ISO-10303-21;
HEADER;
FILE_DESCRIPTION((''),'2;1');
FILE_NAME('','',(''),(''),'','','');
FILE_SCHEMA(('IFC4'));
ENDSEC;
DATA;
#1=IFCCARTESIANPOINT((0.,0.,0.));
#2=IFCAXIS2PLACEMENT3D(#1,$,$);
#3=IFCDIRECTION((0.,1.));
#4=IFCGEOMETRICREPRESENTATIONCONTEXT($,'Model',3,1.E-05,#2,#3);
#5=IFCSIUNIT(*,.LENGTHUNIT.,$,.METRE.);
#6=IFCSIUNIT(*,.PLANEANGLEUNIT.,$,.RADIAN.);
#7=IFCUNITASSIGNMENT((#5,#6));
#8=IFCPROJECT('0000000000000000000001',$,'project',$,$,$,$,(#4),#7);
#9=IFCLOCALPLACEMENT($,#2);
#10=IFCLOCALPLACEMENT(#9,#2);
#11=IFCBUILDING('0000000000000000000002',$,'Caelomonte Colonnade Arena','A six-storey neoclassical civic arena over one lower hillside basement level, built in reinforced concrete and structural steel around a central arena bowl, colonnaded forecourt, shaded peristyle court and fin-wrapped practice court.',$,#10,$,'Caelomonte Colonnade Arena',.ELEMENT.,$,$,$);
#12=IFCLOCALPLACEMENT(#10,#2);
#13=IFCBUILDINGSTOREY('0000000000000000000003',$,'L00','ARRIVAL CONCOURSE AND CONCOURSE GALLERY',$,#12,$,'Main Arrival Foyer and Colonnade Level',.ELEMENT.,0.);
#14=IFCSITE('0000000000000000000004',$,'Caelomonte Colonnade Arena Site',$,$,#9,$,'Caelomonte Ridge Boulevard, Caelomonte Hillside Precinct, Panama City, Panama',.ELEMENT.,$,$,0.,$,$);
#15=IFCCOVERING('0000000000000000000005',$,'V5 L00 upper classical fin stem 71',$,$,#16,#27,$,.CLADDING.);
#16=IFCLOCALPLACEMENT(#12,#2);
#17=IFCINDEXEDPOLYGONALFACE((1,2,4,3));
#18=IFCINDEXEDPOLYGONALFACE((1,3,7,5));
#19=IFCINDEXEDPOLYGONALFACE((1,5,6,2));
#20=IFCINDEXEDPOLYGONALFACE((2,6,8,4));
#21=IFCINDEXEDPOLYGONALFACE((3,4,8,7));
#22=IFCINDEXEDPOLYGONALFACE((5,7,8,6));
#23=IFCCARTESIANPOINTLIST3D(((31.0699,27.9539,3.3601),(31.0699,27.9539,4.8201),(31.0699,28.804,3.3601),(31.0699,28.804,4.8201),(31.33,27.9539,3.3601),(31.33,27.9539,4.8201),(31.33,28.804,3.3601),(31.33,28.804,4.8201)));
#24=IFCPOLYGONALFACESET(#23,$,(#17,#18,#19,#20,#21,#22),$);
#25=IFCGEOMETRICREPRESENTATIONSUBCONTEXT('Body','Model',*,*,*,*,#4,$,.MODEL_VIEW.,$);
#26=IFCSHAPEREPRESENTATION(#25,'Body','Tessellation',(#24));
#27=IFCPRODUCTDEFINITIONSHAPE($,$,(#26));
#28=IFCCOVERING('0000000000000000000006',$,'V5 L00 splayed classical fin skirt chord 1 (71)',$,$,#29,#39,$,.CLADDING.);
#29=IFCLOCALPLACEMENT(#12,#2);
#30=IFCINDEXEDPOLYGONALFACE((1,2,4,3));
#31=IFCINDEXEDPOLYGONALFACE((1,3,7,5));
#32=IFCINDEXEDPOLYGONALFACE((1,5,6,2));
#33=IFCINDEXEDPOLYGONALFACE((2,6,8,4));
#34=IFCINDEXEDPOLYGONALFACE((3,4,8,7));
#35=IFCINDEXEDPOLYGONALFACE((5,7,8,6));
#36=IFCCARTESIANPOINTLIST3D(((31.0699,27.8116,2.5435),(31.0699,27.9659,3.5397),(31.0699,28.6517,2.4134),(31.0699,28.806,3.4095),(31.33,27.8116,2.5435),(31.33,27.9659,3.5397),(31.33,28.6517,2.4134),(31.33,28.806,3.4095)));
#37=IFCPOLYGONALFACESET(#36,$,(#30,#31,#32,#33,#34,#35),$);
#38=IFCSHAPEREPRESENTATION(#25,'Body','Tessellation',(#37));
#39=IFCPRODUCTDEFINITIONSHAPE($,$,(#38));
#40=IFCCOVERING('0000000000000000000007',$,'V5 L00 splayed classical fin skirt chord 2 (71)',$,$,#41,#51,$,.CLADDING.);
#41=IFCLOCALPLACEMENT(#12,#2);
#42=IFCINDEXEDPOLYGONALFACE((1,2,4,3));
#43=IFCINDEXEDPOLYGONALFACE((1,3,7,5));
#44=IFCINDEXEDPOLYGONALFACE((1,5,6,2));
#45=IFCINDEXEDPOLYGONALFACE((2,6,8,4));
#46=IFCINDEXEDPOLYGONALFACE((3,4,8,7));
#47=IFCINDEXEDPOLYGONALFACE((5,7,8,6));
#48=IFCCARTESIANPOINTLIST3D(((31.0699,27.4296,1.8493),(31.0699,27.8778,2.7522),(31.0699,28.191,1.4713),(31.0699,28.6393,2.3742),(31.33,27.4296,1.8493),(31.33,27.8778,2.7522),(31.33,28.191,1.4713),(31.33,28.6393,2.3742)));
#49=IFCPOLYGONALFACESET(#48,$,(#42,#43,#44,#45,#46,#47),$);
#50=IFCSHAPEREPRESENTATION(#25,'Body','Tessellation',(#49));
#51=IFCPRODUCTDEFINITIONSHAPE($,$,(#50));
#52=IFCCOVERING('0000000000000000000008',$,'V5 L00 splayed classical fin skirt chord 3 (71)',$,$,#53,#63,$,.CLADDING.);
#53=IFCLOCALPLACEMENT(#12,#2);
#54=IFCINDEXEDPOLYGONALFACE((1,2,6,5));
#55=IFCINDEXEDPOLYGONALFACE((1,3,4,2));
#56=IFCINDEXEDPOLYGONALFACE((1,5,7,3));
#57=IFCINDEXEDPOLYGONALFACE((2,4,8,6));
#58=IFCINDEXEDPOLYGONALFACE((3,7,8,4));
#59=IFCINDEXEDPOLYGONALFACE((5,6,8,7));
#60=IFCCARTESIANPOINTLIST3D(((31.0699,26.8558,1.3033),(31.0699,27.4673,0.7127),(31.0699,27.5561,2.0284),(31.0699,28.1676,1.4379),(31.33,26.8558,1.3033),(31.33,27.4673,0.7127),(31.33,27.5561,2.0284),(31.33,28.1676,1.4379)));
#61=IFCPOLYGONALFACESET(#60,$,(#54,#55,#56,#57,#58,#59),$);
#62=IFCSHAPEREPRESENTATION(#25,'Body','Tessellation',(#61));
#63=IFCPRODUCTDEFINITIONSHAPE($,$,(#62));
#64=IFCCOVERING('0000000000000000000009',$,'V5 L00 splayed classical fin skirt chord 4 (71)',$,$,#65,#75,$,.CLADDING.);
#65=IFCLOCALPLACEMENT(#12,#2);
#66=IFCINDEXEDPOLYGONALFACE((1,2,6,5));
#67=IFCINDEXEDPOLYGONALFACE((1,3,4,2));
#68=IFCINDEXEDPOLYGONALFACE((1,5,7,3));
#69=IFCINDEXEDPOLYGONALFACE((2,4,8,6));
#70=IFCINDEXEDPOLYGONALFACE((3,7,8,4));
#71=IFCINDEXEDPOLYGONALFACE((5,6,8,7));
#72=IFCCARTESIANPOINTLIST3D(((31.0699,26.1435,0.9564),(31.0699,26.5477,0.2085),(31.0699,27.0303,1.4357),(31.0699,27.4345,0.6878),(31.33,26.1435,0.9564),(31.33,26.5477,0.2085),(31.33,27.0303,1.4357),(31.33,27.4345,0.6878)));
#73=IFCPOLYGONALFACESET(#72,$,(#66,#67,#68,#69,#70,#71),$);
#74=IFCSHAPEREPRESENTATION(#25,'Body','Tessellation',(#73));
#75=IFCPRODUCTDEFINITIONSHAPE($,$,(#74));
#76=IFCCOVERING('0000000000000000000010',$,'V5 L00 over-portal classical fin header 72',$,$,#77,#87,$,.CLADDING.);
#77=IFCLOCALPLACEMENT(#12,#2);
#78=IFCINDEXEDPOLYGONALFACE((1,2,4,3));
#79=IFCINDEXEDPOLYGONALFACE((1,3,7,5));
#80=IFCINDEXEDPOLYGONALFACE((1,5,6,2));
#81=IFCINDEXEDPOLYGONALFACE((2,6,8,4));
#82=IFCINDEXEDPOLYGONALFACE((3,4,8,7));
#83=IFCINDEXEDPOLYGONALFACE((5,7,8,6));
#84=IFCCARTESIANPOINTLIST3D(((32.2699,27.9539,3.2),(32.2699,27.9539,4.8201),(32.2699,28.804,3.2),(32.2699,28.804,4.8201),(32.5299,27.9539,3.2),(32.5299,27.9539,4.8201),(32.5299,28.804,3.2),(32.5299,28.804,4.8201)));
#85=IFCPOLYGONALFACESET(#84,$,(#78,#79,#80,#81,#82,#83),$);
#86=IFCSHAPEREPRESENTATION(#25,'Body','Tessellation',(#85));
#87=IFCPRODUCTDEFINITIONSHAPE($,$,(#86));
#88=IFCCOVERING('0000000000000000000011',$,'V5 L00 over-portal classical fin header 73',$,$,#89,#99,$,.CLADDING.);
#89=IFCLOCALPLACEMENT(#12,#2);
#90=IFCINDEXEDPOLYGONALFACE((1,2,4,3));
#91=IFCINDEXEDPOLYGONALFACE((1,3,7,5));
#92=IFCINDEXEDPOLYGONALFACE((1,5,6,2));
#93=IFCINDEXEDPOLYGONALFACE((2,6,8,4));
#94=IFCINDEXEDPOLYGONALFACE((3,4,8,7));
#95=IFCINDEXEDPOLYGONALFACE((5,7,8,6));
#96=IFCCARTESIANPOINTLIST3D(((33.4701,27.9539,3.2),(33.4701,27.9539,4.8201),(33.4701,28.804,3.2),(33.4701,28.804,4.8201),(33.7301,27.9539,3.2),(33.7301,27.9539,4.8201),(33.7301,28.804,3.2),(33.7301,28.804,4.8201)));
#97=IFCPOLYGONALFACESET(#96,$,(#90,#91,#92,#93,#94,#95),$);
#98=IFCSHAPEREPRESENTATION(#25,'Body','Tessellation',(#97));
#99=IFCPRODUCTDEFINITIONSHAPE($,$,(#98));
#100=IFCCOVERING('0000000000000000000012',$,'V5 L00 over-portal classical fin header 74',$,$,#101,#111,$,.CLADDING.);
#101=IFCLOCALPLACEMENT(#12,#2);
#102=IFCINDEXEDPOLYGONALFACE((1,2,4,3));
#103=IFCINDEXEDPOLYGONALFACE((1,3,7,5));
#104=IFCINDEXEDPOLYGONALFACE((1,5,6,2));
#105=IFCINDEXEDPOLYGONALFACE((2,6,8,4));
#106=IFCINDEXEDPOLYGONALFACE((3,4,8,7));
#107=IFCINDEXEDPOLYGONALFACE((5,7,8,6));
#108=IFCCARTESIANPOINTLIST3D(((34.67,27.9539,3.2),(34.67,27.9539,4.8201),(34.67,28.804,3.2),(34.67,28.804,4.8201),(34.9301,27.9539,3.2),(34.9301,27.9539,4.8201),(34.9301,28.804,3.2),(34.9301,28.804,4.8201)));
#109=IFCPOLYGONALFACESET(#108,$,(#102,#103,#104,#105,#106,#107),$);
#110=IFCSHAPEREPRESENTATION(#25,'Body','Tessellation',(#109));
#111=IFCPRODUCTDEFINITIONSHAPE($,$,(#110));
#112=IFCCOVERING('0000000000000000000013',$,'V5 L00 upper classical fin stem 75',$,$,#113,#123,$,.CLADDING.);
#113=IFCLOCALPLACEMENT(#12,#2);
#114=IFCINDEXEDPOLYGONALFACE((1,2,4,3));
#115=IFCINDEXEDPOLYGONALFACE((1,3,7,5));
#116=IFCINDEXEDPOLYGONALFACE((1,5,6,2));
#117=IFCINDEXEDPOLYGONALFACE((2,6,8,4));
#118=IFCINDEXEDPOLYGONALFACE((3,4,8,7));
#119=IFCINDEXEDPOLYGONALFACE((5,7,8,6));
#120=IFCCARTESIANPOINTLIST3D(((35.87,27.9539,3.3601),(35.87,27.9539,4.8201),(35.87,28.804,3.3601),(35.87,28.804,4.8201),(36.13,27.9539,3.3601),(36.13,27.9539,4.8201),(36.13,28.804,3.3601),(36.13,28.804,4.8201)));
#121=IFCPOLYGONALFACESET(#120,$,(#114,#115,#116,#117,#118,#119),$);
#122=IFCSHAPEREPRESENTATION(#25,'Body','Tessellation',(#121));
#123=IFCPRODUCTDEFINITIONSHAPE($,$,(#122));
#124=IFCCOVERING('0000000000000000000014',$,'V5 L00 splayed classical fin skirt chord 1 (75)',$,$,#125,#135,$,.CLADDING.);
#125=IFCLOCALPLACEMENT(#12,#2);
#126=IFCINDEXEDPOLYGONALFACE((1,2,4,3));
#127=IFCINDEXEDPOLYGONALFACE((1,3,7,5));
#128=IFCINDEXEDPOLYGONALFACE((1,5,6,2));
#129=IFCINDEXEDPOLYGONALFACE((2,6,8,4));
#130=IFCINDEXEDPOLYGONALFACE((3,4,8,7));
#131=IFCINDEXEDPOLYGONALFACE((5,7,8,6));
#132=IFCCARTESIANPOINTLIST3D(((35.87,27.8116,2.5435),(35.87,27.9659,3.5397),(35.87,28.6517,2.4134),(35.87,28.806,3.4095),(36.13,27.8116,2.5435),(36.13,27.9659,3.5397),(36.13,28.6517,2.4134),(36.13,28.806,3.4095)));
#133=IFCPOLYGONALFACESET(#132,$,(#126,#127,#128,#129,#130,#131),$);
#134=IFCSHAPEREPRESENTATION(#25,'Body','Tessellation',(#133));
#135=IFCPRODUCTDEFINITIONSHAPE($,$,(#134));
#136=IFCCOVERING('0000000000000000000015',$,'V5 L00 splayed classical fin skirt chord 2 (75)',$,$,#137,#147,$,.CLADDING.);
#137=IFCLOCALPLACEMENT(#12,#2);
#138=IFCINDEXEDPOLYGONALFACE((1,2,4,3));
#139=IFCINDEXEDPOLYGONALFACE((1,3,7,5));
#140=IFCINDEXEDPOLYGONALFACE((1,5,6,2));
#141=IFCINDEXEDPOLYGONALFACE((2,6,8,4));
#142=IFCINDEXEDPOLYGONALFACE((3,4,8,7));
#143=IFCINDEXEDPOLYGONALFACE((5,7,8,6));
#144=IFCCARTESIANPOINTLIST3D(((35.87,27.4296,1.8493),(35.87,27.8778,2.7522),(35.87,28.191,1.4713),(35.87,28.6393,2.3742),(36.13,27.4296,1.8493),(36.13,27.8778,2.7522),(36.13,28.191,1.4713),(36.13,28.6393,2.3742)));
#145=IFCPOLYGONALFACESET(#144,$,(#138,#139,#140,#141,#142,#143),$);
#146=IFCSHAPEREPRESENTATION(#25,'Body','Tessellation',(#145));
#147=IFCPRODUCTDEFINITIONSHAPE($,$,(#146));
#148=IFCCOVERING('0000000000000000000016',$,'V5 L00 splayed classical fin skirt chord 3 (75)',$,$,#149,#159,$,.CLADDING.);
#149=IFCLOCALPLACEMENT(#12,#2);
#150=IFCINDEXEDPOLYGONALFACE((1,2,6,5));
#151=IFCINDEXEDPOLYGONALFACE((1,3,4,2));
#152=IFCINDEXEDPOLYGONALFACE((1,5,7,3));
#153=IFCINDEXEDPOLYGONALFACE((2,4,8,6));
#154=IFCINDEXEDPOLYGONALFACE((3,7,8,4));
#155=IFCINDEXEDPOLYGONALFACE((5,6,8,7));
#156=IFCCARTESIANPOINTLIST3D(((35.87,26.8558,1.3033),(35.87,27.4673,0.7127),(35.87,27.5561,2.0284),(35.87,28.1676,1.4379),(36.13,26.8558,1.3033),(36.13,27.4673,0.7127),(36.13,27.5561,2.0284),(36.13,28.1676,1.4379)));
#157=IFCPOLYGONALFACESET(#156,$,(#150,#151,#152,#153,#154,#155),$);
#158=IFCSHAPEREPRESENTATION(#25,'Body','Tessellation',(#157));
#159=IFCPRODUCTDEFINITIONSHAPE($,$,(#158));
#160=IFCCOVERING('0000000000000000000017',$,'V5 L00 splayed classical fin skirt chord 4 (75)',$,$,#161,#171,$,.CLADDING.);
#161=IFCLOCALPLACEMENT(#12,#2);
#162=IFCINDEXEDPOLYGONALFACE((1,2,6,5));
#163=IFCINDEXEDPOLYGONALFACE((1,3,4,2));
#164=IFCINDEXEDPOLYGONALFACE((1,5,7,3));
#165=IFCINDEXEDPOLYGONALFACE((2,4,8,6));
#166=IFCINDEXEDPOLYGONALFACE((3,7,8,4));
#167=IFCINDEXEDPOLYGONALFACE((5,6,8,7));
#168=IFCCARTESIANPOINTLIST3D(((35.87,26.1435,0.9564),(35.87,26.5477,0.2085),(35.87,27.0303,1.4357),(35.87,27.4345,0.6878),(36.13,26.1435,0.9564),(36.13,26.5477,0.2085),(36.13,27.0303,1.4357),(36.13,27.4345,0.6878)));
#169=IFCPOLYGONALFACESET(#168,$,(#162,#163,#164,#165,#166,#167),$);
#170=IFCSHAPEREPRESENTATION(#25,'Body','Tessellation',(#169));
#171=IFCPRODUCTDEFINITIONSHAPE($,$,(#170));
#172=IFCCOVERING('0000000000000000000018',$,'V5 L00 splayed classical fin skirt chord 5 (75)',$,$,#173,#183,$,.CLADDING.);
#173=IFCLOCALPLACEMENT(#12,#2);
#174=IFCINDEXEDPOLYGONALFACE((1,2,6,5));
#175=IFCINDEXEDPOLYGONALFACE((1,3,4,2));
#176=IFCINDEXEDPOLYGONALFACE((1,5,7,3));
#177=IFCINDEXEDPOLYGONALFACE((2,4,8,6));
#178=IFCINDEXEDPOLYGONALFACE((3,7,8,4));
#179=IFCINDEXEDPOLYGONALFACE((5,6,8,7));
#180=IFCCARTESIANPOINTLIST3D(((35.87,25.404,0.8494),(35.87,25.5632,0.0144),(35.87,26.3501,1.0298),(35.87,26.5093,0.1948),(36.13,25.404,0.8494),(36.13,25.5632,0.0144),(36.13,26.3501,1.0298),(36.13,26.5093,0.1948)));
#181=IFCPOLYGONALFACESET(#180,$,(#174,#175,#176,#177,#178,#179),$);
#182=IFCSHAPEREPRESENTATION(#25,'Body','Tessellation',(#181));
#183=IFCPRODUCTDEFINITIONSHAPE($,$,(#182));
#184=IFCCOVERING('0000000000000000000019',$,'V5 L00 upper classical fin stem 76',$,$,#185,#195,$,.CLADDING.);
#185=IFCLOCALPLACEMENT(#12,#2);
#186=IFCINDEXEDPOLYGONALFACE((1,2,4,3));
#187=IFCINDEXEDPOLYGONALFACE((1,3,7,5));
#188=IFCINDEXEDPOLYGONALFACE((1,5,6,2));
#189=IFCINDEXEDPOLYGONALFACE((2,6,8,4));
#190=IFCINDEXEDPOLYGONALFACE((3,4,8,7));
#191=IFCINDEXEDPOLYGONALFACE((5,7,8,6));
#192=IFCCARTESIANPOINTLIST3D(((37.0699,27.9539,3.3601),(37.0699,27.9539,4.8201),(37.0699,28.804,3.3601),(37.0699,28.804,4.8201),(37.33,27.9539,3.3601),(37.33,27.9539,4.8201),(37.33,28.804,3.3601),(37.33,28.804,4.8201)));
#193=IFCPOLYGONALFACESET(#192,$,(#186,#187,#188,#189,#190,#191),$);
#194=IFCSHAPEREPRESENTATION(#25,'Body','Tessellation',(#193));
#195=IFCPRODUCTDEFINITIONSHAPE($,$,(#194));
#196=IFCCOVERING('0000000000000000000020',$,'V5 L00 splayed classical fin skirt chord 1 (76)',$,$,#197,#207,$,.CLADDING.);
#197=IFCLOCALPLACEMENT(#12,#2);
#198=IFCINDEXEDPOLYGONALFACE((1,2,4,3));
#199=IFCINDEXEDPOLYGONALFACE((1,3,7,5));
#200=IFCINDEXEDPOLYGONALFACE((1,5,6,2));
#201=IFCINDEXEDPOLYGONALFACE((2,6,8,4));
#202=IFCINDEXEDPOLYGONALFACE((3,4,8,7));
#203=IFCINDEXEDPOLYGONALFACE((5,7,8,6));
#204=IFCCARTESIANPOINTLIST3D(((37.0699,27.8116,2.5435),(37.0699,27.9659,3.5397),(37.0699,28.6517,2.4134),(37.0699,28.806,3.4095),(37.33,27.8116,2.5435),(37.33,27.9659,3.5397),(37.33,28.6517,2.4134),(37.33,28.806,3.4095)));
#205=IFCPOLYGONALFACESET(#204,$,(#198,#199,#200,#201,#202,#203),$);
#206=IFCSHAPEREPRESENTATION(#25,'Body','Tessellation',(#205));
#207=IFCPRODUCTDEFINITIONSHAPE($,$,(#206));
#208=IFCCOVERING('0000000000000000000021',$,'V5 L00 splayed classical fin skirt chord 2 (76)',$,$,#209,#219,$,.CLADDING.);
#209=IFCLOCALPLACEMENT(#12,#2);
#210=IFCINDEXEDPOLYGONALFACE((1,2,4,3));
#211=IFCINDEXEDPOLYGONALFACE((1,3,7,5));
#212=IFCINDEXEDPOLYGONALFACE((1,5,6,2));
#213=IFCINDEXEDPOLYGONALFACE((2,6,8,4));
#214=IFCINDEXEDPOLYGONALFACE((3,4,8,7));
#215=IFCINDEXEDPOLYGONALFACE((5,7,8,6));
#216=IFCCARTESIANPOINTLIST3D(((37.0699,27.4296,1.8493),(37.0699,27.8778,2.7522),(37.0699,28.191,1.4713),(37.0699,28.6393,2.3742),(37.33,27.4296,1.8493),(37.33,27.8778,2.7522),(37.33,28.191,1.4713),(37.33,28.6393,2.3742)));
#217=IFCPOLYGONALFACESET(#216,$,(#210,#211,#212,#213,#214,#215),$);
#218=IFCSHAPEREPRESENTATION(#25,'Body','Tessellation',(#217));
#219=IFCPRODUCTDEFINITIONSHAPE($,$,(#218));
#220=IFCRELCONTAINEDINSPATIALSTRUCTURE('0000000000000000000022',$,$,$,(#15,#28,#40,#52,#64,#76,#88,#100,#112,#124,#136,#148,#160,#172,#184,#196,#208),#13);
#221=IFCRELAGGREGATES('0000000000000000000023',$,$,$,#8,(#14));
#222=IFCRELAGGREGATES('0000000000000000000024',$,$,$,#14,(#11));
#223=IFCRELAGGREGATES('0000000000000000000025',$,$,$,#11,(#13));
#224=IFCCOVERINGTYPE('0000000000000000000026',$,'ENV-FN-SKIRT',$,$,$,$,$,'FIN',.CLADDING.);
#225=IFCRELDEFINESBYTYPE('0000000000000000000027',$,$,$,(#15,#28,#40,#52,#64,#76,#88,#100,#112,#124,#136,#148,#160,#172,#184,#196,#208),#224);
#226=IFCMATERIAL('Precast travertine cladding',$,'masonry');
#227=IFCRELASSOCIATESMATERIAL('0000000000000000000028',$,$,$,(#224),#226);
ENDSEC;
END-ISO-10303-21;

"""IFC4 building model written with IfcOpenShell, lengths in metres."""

from ifc_helpers import new_model, si_unit, direction, frame, origin, origin_2d, place, context, subcontext, project, spatial, rectangle, extrude, material, material_profile, profile_set, type_object, element, save


model = new_model("IFC4")

# Units and contexts
model_context = context("Model", 3, precision=1e-05, world=origin(), true_north=direction((0.0, 1.0)))
body_context = subcontext(model_context, "Body", "Model", "MODEL_VIEW")
ifc_project = project(units=[si_unit("LENGTHUNIT", "METRE"), si_unit("PLANEANGLEUNIT", "RADIAN")], contexts=[model_context])

# Site, building, storey
site_placement = place(None, origin())
site = spatial("IfcSite", under=ifc_project, at=site_placement, Name="Caelomonte Colonnade Arena Site", LongName="Caelomonte Ridge Boulevard, Caelomonte Hillside Precinct, Panama City, Panama", CompositionType="ELEMENT", RefElevation=0.0)
building_placement = place(site_placement, origin())
building = spatial("IfcBuilding", under=site, at=building_placement, Name="Caelomonte Colonnade Arena", Description="A six-storey neoclassical civic arena over one lower hillside basement level, built in reinforced concrete and structural steel around a central arena bowl, colonnaded forecourt, shaded peristyle court and fin-wrapped practice court.", LongName="Caelomonte Colonnade Arena", CompositionType="ELEMENT")
storey_placement = place(building_placement, origin())
storey = spatial("IfcBuildingStorey", under=building, at=storey_placement, Name="L00", Description="ARRIVAL CONCOURSE AND CONCOURSE GALLERY", LongName="Main Arrival Foyer and Colonnade Level", CompositionType="ELEMENT", Elevation=0.0)

# Coverings
ifc_material_1 = material(Name="Precast travertine cladding", Category="masonry")
ifc_material_profile = material_profile(ifc_material_1, rectangle(XDim=0.26, YDim=0.8501, at=origin_2d()), Name="FIN260X850")
ifc_profile_set = profile_set([ifc_material_profile], Name="Precast travertine cladding")
covering_type = type_object("IfcCoveringType", Name="ENV-FN-SKIRT", ElementType="FIN", PredefinedType="CLADDING", material=ifc_profile_set)
covering_1_placement = place(storey_placement, frame((31.2, 28.3789, 3.3601), z_axis=(0.0, 0.0, 1.0), x_axis=(-1.0, 0.0, 0.0)))
element("IfcCovering", 1, at=covering_1_placement, inside=storey, type_object=covering_type, Name="V5 L00 upper classical fin stem 71", PredefinedType="CLADDING", context=body_context, shape_type="SweptSolid", body=[
    extrude(rectangle(XDim=0.26, YDim=0.8501, at=origin_2d()), origin(), (0.0, 0.0, 1.0), 1.46),
])
for number, where, z_axis, x_axis, name in (
    (2, (31.2, 28.386, 3.4746), (0.0, -0.153076, -0.988214), (-1.0, 0.0, 0.0), "V5 L00 splayed classical fin skirt chord 1 (71)"),
    (3, (31.2, 28.2585, 2.5632), (0.0, -0.444693, -0.895683), (-1.0, 0.0, 0.0), "V5 L00 splayed classical fin skirt chord 2 (71)"),
    (4, (31.2, 27.8618, 1.7332), (0.0, -0.694646, -0.719351), (-1.0, 0.0, 0.0), "V5 L00 splayed classical fin skirt chord 3 (71)"),
    (5, (31.2, 27.2324, 1.0618), (0.0, -0.879731, -0.475471), (-1.0, 0.0, 0.0), "V5 L00 splayed classical fin skirt chord 4 (71)"),
):
    element("IfcCovering", number, at=place(storey_placement, frame(where, z_axis=z_axis, x_axis=x_axis)), inside=storey, type_object=covering_type, Name=name, PredefinedType="CLADDING", context=body_context, shape_type="SweptSolid", body=[
        extrude(rectangle(XDim=0.26, YDim=0.8501, at=origin_2d()), origin(), (0.0, 0.0, 1.0), 1.0081),
    ])
for number, where, z_axis, x_axis, name in (
    (6, (32.3999, 28.3789, 3.2), (0.0, 0.0, 1.0), (-1.0, 0.0, 0.0), "V5 L00 over-portal classical fin header 72"),
    (7, (33.6001, 28.3789, 3.2), (0.0, 0.0, 1.0), (-1.0, 0.0, 0.0), "V5 L00 over-portal classical fin header 73"),
    (8, (34.8, 28.3789, 3.2), (0.0, 0.0, 1.0), (-1.0, 0.0, 0.0), "V5 L00 over-portal classical fin header 74"),
):
    element("IfcCovering", number, at=place(storey_placement, frame(where, z_axis=z_axis, x_axis=x_axis)), inside=storey, type_object=covering_type, Name=name, PredefinedType="CLADDING", context=body_context, shape_type="SweptSolid", body=[
        extrude(rectangle(XDim=0.26, YDim=0.8501, at=origin_2d()), origin(), (0.0, 0.0, 1.0), 1.6201),
    ])
covering_2_placement = place(storey_placement, frame((36.0, 28.3789, 3.3601), z_axis=(0.0, 0.0, 1.0), x_axis=(-1.0, 0.0, 0.0)))
element("IfcCovering", 9, at=covering_2_placement, inside=storey, type_object=covering_type, Name="V5 L00 upper classical fin stem 75", PredefinedType="CLADDING", context=body_context, shape_type="SweptSolid", body=[
    extrude(rectangle(XDim=0.26, YDim=0.8501, at=origin_2d()), origin(), (0.0, 0.0, 1.0), 1.46),
])
for number, where, z_axis, x_axis, name in (
    (10, (36.0, 28.386, 3.4746), (0.0, -0.153076, -0.988214), (-1.0, 0.0, 0.0), "V5 L00 splayed classical fin skirt chord 1 (75)"),
    (11, (36.0, 28.2585, 2.5632), (0.0, -0.444693, -0.895683), (-1.0, 0.0, 0.0), "V5 L00 splayed classical fin skirt chord 2 (75)"),
    (12, (36.0, 27.8618, 1.7332), (0.0, -0.694646, -0.719351), (-1.0, 0.0, 0.0), "V5 L00 splayed classical fin skirt chord 3 (75)"),
    (13, (36.0, 27.2324, 1.0618), (0.0, -0.879731, -0.475471), (-1.0, 0.0, 0.0), "V5 L00 splayed classical fin skirt chord 4 (75)"),
):
    element("IfcCovering", number, at=place(storey_placement, frame(where, z_axis=z_axis, x_axis=x_axis)), inside=storey, type_object=covering_type, Name=name, PredefinedType="CLADDING", context=body_context, shape_type="SweptSolid", body=[
        extrude(rectangle(XDim=0.26, YDim=0.8501, at=origin_2d()), origin(), (0.0, 0.0, 1.0), 1.0081),
    ])
covering_3_placement = place(storey_placement, frame((36.0, 26.4297, 0.6123), z_axis=(0.0, -0.982296, -0.187333), x_axis=(-1.0, 0.0, 0.0)))
element("IfcCovering", 14, at=covering_3_placement, inside=storey, type_object=covering_type, Name="V5 L00 splayed classical fin skirt chord 5 (75)", PredefinedType="CLADDING", context=body_context, shape_type="SweptSolid", body=[
    extrude(rectangle(XDim=0.26, YDim=0.8501, at=origin_2d()), origin(), (0.0, 0.0, 1.0), 0.9631),
])
covering_4_placement = place(storey_placement, frame((37.2, 28.3789, 3.3601), z_axis=(0.0, 0.0, 1.0), x_axis=(-1.0, 0.0, 0.0)))
element("IfcCovering", 15, at=covering_4_placement, inside=storey, type_object=covering_type, Name="V5 L00 upper classical fin stem 76", PredefinedType="CLADDING", context=body_context, shape_type="SweptSolid", body=[
    extrude(rectangle(XDim=0.26, YDim=0.8501, at=origin_2d()), origin(), (0.0, 0.0, 1.0), 1.46),
])
for number, where, z_axis, x_axis, name in (
    (16, (37.2, 28.386, 3.4746), (0.0, -0.153076, -0.988214), (-1.0, 0.0, 0.0), "V5 L00 splayed classical fin skirt chord 1 (76)"),
    (17, (37.2, 28.2585, 2.5632), (0.0, -0.444693, -0.895683), (-1.0, 0.0, 0.0), "V5 L00 splayed classical fin skirt chord 2 (76)"),
):
    element("IfcCovering", number, at=place(storey_placement, frame(where, z_axis=z_axis, x_axis=x_axis)), inside=storey, type_object=covering_type, Name=name, PredefinedType="CLADDING", context=body_context, shape_type="SweptSolid", body=[
        extrude(rectangle(XDim=0.26, YDim=0.8501, at=origin_2d()), origin(), (0.0, 0.0, 1.0), 1.0081),
    ])

save(model, "model.ifc")
